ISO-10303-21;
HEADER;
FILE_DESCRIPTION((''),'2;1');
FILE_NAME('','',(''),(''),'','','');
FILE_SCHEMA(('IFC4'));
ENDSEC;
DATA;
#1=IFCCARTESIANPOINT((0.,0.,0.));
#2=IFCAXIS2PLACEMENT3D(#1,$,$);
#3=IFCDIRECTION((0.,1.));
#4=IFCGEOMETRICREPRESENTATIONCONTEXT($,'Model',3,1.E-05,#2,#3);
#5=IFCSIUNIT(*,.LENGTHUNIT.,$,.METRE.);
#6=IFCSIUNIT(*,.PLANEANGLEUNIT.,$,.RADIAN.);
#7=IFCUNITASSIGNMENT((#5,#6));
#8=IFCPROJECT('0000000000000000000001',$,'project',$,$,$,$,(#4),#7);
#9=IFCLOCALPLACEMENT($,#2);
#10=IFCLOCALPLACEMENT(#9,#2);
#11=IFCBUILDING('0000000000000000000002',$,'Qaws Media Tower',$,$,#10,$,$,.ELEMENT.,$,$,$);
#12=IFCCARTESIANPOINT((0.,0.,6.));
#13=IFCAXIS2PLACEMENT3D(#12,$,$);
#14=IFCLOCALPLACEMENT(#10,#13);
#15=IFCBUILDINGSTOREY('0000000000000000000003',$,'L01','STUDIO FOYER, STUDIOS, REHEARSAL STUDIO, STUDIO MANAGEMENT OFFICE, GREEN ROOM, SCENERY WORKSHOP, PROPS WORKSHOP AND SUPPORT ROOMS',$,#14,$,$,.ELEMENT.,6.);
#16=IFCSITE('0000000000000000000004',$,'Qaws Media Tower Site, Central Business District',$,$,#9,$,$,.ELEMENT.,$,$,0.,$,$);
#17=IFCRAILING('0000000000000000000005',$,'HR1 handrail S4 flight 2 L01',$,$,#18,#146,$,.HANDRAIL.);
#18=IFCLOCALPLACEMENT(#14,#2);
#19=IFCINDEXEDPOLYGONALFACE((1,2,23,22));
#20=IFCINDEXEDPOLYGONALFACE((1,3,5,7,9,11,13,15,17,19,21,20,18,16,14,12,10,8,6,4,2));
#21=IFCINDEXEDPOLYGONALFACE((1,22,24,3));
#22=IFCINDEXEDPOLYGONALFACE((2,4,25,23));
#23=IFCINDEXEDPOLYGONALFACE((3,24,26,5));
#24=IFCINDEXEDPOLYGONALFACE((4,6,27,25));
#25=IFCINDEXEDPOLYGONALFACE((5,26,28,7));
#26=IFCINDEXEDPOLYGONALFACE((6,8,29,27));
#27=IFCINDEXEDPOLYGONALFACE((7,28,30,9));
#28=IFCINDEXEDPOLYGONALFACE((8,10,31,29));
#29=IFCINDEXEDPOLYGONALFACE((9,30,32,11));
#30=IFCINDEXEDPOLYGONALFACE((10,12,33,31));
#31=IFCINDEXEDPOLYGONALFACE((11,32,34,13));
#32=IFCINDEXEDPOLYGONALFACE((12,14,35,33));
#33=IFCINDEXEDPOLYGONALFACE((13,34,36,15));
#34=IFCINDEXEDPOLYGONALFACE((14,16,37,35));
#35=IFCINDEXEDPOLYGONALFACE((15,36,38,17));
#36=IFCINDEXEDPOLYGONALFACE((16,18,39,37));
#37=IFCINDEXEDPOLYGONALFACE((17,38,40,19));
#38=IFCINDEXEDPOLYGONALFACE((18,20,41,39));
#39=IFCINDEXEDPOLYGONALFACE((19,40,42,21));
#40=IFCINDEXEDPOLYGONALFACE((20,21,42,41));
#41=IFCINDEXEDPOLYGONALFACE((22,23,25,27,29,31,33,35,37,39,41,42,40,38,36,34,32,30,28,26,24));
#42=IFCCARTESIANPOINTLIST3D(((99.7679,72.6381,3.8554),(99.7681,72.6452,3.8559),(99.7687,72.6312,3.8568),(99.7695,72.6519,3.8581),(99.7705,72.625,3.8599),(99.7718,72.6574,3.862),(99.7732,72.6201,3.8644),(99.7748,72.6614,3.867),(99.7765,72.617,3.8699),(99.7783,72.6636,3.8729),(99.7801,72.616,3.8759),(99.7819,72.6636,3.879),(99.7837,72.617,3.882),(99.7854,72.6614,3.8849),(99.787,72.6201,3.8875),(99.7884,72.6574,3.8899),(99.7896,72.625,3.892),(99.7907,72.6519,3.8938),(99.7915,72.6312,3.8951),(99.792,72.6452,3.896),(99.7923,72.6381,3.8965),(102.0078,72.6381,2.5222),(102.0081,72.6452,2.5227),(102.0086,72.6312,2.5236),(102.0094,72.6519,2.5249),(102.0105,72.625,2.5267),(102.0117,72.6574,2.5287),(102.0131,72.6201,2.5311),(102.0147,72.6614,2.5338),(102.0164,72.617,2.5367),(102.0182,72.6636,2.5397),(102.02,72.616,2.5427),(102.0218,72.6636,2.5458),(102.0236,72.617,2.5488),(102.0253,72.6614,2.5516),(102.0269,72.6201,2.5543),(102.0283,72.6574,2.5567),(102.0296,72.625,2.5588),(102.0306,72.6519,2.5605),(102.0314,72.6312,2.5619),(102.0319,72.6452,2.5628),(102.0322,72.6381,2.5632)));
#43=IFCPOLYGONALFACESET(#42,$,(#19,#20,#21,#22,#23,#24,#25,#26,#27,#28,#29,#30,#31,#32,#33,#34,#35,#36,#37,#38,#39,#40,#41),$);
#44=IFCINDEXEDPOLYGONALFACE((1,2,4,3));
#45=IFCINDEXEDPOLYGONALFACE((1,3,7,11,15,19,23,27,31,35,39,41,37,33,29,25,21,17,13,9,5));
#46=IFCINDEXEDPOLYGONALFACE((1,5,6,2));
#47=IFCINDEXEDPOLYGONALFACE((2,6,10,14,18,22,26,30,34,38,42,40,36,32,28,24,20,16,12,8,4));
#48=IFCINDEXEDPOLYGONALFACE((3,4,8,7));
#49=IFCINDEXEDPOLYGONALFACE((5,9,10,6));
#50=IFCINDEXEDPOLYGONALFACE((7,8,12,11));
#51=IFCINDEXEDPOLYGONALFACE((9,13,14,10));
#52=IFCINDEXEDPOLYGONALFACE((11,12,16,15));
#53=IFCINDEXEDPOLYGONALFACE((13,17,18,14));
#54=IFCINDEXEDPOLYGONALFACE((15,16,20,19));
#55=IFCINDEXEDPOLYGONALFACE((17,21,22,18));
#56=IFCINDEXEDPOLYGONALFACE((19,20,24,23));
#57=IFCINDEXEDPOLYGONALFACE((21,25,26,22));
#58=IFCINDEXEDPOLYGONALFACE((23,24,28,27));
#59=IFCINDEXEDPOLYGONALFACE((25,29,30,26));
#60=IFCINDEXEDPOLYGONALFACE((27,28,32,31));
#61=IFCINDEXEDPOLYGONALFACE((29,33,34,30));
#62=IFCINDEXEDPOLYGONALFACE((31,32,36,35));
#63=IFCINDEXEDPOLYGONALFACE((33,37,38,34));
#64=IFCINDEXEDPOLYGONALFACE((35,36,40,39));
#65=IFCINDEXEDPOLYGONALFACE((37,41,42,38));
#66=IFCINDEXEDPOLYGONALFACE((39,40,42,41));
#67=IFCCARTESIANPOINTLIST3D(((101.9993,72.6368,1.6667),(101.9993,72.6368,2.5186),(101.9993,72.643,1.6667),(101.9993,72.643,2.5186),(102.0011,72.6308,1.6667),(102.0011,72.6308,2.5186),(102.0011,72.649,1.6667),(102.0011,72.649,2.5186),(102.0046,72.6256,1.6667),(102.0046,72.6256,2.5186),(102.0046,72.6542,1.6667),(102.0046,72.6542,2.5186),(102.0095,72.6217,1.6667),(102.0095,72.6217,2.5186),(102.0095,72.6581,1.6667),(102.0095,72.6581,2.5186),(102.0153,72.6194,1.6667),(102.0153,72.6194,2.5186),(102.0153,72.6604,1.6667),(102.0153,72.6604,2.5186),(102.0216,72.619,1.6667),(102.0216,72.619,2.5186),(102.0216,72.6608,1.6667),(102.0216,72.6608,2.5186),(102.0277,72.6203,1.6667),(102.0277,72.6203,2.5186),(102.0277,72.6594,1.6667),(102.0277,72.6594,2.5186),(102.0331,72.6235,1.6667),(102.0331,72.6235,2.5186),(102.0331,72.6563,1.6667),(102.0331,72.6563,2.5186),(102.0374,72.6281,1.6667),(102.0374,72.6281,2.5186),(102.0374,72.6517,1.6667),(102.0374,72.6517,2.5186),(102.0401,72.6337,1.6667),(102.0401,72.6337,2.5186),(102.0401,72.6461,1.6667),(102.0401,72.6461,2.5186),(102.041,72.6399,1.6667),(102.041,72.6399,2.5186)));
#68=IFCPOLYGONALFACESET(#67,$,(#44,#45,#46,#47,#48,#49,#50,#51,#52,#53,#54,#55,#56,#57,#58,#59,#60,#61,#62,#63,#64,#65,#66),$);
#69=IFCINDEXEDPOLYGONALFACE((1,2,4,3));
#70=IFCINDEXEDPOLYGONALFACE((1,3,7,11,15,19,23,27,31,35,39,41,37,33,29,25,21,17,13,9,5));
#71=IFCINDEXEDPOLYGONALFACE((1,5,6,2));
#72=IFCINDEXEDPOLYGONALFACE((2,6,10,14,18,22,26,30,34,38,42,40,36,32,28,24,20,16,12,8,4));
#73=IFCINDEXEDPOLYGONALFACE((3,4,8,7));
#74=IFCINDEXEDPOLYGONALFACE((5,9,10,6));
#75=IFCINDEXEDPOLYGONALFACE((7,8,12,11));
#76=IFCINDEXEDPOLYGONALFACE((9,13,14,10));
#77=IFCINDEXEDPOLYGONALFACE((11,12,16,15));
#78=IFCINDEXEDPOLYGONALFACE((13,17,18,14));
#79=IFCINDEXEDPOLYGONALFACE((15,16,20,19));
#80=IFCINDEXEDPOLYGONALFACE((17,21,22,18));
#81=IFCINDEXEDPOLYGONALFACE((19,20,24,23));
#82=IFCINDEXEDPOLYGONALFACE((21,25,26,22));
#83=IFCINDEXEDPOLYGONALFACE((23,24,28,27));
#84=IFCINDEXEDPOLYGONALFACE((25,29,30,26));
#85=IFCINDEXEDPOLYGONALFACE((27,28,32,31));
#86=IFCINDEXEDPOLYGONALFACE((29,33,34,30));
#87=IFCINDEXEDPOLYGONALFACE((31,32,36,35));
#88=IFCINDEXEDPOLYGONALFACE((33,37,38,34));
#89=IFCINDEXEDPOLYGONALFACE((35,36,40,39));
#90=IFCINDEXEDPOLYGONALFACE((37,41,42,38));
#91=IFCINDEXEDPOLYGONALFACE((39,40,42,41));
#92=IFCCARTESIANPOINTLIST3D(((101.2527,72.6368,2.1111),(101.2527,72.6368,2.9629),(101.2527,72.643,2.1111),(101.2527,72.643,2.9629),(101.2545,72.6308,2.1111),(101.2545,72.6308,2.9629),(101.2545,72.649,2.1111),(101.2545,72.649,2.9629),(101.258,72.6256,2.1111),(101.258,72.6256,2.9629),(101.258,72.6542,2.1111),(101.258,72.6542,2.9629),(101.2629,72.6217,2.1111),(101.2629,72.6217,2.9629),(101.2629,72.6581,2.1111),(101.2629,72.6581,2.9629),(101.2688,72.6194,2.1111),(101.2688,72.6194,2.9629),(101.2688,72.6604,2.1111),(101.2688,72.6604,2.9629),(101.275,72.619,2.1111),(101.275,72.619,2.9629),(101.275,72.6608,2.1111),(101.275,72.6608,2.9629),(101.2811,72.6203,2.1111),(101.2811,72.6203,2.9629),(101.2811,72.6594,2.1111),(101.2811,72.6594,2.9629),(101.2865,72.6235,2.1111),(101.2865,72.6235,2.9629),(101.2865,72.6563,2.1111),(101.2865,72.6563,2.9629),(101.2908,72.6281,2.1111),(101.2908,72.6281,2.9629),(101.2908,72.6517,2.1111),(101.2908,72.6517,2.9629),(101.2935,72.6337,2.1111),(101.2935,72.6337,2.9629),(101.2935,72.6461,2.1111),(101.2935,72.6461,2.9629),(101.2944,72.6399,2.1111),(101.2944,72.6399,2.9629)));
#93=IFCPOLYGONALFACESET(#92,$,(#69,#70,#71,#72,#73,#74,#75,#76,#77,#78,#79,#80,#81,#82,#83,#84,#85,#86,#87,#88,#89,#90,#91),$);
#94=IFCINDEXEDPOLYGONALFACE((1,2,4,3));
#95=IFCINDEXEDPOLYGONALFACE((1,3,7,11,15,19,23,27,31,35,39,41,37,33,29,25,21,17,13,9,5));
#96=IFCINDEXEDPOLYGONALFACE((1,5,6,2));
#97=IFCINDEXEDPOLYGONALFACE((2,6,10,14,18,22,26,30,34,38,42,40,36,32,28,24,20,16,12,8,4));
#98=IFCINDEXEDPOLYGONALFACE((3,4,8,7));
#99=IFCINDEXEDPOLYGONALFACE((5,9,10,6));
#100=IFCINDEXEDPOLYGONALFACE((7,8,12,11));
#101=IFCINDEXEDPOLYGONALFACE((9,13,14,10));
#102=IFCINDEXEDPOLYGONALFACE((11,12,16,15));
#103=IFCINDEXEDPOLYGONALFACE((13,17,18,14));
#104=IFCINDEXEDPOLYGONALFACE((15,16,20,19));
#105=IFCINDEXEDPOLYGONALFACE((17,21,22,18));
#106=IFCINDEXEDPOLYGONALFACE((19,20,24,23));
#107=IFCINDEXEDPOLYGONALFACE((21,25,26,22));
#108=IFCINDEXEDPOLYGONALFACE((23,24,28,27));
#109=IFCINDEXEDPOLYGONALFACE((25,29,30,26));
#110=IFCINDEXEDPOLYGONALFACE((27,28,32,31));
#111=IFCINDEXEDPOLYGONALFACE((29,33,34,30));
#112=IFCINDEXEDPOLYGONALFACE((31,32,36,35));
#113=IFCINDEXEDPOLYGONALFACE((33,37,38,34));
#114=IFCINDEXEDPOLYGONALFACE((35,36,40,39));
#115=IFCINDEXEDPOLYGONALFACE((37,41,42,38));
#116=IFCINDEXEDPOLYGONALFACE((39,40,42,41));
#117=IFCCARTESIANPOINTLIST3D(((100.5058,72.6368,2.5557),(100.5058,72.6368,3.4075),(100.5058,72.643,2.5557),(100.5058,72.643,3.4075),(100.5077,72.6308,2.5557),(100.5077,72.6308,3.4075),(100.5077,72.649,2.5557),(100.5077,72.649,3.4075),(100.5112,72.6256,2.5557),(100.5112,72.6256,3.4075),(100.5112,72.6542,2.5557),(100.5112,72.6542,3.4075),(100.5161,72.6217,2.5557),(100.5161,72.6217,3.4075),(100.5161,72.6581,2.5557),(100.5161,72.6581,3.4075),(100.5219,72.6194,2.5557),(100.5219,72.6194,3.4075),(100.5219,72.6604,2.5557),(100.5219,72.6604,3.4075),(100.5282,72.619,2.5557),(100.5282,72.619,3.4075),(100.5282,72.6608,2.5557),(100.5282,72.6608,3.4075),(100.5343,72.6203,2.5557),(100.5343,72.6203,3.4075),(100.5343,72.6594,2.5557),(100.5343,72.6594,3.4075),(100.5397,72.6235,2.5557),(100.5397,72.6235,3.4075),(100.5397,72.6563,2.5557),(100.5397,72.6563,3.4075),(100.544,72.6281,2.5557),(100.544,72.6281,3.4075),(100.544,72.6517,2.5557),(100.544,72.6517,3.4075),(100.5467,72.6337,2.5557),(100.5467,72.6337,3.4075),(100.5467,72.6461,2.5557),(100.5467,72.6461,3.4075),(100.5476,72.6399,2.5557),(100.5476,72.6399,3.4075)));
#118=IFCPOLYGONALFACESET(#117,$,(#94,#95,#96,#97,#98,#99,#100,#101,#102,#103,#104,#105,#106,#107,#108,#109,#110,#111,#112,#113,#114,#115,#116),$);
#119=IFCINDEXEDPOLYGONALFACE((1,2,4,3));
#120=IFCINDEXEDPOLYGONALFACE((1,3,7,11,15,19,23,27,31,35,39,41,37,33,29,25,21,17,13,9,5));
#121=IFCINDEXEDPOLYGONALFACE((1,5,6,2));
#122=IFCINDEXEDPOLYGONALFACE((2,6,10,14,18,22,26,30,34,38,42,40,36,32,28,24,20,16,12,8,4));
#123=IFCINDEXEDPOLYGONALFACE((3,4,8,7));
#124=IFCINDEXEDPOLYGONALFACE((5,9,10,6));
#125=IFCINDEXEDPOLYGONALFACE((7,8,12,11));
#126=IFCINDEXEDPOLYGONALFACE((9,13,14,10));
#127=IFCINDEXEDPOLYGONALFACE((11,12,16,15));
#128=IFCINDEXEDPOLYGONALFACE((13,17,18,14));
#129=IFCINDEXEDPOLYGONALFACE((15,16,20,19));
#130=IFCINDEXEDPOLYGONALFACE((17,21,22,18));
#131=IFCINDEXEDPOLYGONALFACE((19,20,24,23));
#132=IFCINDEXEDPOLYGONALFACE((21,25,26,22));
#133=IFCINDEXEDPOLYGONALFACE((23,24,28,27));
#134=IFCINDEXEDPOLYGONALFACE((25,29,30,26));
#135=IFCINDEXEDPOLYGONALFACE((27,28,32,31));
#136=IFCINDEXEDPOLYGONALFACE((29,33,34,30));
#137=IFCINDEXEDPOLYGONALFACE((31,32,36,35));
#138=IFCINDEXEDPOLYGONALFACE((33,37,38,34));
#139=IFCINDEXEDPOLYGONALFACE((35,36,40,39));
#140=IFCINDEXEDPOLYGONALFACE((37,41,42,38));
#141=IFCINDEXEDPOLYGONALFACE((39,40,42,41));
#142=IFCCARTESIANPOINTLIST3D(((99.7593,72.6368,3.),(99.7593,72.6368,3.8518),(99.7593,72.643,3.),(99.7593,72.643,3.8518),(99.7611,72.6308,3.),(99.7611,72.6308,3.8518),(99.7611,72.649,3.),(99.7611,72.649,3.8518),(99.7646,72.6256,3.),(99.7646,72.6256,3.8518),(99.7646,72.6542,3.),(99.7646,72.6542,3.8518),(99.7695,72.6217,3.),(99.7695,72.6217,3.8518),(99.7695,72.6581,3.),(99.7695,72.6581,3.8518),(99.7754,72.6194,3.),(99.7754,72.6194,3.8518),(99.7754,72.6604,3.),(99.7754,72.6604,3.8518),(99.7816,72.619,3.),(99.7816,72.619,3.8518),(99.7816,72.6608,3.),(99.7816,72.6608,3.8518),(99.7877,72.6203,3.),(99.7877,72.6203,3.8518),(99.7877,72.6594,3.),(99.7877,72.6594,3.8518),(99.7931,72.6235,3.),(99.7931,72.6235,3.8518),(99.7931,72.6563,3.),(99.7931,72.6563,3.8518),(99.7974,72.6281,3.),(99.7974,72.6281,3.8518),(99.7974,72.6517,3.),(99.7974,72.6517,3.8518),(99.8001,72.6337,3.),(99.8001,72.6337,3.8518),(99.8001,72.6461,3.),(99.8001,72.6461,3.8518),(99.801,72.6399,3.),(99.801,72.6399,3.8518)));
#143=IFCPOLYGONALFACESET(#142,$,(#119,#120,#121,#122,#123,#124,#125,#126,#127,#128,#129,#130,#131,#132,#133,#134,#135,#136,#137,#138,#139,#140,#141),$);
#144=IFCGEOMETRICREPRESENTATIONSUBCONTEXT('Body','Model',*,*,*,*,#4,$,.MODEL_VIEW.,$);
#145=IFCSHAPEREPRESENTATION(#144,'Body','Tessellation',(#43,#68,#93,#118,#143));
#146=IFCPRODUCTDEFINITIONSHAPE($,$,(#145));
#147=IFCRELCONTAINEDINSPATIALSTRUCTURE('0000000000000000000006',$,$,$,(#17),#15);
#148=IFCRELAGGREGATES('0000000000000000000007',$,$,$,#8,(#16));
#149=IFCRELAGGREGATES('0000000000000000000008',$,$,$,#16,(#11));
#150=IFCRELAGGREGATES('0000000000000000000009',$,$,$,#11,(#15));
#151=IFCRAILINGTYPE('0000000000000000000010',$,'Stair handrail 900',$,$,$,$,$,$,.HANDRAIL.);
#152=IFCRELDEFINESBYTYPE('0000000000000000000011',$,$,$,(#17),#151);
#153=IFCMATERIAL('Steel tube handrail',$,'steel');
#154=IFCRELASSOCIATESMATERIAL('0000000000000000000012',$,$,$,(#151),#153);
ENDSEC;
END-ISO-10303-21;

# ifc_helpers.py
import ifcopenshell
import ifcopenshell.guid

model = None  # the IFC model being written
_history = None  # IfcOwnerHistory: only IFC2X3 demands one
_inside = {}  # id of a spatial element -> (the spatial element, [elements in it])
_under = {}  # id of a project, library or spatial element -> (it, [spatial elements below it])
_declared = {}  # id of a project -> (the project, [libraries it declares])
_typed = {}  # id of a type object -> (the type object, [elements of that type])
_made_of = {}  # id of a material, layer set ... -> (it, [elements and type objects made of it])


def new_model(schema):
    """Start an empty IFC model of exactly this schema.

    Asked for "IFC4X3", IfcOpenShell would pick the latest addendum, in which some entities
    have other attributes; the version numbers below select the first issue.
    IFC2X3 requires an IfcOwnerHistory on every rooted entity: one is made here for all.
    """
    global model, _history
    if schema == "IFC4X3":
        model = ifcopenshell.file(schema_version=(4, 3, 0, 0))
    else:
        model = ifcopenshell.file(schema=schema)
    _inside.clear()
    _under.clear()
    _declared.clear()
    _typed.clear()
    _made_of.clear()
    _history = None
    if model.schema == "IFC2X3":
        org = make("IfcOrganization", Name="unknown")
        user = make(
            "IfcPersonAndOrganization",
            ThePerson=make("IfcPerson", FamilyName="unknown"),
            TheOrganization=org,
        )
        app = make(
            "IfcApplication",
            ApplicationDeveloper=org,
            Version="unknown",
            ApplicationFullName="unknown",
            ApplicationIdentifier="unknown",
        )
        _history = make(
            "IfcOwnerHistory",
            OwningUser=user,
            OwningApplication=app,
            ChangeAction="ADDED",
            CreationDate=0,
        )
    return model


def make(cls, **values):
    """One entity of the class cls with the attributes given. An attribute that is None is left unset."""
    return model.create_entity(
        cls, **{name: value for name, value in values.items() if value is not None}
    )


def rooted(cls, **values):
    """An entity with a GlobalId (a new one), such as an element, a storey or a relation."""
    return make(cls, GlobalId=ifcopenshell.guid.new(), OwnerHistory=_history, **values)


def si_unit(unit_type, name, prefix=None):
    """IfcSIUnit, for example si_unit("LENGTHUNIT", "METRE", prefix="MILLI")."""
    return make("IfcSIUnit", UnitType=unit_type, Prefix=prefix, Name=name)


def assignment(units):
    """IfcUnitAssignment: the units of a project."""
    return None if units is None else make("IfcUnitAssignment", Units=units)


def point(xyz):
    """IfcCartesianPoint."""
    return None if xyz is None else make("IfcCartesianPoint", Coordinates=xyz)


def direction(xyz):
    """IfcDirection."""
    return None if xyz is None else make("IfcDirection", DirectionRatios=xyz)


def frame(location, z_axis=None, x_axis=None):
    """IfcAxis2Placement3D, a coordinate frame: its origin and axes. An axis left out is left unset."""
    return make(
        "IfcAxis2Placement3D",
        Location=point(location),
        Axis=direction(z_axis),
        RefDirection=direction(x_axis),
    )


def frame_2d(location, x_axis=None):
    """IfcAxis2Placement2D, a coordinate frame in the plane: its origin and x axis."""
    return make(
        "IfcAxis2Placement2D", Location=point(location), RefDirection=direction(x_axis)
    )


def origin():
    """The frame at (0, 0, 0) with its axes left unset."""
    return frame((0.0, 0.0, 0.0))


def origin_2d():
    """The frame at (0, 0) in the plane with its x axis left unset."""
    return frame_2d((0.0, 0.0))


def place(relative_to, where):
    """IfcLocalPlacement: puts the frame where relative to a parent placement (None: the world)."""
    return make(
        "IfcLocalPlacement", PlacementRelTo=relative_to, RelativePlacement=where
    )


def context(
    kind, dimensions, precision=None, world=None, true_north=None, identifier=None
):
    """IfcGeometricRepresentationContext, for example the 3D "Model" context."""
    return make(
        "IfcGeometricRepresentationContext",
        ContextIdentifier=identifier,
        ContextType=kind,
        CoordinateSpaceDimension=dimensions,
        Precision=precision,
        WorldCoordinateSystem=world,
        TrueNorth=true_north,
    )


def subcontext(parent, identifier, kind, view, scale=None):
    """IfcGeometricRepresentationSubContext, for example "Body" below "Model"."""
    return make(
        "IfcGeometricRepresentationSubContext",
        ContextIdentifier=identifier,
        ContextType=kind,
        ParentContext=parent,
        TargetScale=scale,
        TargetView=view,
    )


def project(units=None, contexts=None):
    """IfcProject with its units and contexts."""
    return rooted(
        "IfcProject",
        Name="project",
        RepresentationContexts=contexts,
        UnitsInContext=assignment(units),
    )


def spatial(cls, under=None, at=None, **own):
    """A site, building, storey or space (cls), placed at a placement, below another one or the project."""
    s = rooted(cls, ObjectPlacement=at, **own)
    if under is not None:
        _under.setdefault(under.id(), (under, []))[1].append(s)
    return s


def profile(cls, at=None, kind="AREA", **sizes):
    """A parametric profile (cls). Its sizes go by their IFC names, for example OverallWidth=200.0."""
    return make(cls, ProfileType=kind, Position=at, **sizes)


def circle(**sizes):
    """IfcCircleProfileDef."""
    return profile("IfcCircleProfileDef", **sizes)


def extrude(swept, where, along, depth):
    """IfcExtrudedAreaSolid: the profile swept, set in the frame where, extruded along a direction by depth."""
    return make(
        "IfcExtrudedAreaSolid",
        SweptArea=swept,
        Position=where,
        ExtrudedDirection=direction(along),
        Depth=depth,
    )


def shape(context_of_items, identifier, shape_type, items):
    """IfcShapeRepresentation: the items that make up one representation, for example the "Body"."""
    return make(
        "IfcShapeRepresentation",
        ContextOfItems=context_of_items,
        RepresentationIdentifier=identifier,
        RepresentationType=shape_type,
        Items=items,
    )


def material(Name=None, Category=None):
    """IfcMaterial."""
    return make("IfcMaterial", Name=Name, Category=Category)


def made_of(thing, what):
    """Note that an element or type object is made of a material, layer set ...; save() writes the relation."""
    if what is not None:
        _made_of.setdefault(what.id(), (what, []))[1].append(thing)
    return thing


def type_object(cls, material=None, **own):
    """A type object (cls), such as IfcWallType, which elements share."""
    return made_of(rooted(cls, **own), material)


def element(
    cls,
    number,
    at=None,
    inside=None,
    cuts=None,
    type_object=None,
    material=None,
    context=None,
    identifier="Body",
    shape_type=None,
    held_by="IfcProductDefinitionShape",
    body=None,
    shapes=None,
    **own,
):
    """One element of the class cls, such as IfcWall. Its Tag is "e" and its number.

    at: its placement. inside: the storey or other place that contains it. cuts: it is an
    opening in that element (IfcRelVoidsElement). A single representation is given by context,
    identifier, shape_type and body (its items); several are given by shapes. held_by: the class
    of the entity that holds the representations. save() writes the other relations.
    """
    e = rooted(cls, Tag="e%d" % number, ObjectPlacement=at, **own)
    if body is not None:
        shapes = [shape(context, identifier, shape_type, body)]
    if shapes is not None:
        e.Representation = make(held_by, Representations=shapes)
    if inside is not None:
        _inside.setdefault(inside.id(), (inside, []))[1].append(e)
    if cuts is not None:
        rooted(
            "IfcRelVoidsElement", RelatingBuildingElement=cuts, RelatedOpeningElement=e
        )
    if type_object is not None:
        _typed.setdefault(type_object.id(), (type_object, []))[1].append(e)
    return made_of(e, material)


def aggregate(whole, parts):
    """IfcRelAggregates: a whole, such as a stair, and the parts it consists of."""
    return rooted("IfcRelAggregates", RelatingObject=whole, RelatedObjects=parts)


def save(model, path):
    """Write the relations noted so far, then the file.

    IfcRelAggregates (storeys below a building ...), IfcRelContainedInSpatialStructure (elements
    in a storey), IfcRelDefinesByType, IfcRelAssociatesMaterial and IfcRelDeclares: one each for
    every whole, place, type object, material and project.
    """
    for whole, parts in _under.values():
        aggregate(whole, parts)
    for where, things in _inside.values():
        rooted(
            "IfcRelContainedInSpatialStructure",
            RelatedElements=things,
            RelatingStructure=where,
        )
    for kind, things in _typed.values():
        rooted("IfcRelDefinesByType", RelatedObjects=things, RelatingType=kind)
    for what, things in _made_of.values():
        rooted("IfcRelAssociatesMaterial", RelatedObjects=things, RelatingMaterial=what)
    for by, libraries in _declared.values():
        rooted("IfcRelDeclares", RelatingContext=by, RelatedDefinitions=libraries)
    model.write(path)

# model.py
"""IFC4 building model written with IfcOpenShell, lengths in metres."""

from ifc_helpers import new_model, si_unit, direction, frame, origin, origin_2d, place, context, subcontext, project, spatial, circle, extrude, material, type_object, element, save


model = new_model("IFC4")

# Units and contexts
model_context = context("Model", 3, precision=1e-05, world=origin(), true_north=direction((0.0, 1.0)))
body_context = subcontext(model_context, "Body", "Model", "MODEL_VIEW")
ifc_project = project(units=[si_unit("LENGTHUNIT", "METRE"), si_unit("PLANEANGLEUNIT", "RADIAN")], contexts=[model_context])

# Site, building, storey
site_placement = place(None, origin())
site = spatial("IfcSite", under=ifc_project, at=site_placement, Name="Qaws Media Tower Site, Central Business District", CompositionType="ELEMENT", RefElevation=0.0)
building_placement = place(site_placement, origin())
building = spatial("IfcBuilding", under=site, at=building_placement, Name="Qaws Media Tower", CompositionType="ELEMENT")
storey_placement = place(building_placement, frame((0.0, 0.0, 6.0)))
storey = spatial("IfcBuildingStorey", under=building, at=storey_placement, Name="L01", Description="STUDIO FOYER, STUDIOS, REHEARSAL STUDIO, STUDIO MANAGEMENT OFFICE, GREEN ROOM, SCENERY WORKSHOP, PROPS WORKSHOP AND SUPPORT ROOMS", CompositionType="ELEMENT", Elevation=6.0)

# Railing
ifc_material_1 = material(Name="Steel tube handrail", Category="steel")
railing_type = type_object("IfcRailingType", Name="Stair handrail 900", PredefinedType="HANDRAIL", material=ifc_material_1)
for number, where, name in (
    (1, (102.02, 72.6399, 1.6667), "HR1 handrail S4 flight 2 L01"),
):
    element("IfcRailing", number, at=place(storey_placement, frame(where)), inside=storey, type_object=railing_type, Name=name, PredefinedType="HANDRAIL", context=body_context, shape_type="SweptSolid", body=[
        extrude(circle(Radius=0.0239, at=origin_2d()), frame((0.0, 0.0, 0.876), z_axis=(-0.859306, 0.0, 0.511462), x_axis=(0.0, -1.0, 0.0)), (0.0, 0.0, 1.0), 2.6067),
        extrude(circle(Radius=0.021, at=origin_2d()), origin(), (0.0, 0.0, 1.0), 0.8518),
        extrude(circle(Radius=0.021, at=origin_2d()), frame((-0.7466, 0.0, 0.4443)), (0.0, 0.0, 1.0), 0.8518),
        extrude(circle(Radius=0.021, at=origin_2d()), frame((-1.4934, 0.0, 0.8889)), (0.0, 0.0, 1.0), 0.8518),
        extrude(circle(Radius=0.021, at=origin_2d()), frame((-2.24, 0.0, 1.3333)), (0.0, 0.0, 1.0), 0.8518),
    ])

save(model, "model.ifc")
